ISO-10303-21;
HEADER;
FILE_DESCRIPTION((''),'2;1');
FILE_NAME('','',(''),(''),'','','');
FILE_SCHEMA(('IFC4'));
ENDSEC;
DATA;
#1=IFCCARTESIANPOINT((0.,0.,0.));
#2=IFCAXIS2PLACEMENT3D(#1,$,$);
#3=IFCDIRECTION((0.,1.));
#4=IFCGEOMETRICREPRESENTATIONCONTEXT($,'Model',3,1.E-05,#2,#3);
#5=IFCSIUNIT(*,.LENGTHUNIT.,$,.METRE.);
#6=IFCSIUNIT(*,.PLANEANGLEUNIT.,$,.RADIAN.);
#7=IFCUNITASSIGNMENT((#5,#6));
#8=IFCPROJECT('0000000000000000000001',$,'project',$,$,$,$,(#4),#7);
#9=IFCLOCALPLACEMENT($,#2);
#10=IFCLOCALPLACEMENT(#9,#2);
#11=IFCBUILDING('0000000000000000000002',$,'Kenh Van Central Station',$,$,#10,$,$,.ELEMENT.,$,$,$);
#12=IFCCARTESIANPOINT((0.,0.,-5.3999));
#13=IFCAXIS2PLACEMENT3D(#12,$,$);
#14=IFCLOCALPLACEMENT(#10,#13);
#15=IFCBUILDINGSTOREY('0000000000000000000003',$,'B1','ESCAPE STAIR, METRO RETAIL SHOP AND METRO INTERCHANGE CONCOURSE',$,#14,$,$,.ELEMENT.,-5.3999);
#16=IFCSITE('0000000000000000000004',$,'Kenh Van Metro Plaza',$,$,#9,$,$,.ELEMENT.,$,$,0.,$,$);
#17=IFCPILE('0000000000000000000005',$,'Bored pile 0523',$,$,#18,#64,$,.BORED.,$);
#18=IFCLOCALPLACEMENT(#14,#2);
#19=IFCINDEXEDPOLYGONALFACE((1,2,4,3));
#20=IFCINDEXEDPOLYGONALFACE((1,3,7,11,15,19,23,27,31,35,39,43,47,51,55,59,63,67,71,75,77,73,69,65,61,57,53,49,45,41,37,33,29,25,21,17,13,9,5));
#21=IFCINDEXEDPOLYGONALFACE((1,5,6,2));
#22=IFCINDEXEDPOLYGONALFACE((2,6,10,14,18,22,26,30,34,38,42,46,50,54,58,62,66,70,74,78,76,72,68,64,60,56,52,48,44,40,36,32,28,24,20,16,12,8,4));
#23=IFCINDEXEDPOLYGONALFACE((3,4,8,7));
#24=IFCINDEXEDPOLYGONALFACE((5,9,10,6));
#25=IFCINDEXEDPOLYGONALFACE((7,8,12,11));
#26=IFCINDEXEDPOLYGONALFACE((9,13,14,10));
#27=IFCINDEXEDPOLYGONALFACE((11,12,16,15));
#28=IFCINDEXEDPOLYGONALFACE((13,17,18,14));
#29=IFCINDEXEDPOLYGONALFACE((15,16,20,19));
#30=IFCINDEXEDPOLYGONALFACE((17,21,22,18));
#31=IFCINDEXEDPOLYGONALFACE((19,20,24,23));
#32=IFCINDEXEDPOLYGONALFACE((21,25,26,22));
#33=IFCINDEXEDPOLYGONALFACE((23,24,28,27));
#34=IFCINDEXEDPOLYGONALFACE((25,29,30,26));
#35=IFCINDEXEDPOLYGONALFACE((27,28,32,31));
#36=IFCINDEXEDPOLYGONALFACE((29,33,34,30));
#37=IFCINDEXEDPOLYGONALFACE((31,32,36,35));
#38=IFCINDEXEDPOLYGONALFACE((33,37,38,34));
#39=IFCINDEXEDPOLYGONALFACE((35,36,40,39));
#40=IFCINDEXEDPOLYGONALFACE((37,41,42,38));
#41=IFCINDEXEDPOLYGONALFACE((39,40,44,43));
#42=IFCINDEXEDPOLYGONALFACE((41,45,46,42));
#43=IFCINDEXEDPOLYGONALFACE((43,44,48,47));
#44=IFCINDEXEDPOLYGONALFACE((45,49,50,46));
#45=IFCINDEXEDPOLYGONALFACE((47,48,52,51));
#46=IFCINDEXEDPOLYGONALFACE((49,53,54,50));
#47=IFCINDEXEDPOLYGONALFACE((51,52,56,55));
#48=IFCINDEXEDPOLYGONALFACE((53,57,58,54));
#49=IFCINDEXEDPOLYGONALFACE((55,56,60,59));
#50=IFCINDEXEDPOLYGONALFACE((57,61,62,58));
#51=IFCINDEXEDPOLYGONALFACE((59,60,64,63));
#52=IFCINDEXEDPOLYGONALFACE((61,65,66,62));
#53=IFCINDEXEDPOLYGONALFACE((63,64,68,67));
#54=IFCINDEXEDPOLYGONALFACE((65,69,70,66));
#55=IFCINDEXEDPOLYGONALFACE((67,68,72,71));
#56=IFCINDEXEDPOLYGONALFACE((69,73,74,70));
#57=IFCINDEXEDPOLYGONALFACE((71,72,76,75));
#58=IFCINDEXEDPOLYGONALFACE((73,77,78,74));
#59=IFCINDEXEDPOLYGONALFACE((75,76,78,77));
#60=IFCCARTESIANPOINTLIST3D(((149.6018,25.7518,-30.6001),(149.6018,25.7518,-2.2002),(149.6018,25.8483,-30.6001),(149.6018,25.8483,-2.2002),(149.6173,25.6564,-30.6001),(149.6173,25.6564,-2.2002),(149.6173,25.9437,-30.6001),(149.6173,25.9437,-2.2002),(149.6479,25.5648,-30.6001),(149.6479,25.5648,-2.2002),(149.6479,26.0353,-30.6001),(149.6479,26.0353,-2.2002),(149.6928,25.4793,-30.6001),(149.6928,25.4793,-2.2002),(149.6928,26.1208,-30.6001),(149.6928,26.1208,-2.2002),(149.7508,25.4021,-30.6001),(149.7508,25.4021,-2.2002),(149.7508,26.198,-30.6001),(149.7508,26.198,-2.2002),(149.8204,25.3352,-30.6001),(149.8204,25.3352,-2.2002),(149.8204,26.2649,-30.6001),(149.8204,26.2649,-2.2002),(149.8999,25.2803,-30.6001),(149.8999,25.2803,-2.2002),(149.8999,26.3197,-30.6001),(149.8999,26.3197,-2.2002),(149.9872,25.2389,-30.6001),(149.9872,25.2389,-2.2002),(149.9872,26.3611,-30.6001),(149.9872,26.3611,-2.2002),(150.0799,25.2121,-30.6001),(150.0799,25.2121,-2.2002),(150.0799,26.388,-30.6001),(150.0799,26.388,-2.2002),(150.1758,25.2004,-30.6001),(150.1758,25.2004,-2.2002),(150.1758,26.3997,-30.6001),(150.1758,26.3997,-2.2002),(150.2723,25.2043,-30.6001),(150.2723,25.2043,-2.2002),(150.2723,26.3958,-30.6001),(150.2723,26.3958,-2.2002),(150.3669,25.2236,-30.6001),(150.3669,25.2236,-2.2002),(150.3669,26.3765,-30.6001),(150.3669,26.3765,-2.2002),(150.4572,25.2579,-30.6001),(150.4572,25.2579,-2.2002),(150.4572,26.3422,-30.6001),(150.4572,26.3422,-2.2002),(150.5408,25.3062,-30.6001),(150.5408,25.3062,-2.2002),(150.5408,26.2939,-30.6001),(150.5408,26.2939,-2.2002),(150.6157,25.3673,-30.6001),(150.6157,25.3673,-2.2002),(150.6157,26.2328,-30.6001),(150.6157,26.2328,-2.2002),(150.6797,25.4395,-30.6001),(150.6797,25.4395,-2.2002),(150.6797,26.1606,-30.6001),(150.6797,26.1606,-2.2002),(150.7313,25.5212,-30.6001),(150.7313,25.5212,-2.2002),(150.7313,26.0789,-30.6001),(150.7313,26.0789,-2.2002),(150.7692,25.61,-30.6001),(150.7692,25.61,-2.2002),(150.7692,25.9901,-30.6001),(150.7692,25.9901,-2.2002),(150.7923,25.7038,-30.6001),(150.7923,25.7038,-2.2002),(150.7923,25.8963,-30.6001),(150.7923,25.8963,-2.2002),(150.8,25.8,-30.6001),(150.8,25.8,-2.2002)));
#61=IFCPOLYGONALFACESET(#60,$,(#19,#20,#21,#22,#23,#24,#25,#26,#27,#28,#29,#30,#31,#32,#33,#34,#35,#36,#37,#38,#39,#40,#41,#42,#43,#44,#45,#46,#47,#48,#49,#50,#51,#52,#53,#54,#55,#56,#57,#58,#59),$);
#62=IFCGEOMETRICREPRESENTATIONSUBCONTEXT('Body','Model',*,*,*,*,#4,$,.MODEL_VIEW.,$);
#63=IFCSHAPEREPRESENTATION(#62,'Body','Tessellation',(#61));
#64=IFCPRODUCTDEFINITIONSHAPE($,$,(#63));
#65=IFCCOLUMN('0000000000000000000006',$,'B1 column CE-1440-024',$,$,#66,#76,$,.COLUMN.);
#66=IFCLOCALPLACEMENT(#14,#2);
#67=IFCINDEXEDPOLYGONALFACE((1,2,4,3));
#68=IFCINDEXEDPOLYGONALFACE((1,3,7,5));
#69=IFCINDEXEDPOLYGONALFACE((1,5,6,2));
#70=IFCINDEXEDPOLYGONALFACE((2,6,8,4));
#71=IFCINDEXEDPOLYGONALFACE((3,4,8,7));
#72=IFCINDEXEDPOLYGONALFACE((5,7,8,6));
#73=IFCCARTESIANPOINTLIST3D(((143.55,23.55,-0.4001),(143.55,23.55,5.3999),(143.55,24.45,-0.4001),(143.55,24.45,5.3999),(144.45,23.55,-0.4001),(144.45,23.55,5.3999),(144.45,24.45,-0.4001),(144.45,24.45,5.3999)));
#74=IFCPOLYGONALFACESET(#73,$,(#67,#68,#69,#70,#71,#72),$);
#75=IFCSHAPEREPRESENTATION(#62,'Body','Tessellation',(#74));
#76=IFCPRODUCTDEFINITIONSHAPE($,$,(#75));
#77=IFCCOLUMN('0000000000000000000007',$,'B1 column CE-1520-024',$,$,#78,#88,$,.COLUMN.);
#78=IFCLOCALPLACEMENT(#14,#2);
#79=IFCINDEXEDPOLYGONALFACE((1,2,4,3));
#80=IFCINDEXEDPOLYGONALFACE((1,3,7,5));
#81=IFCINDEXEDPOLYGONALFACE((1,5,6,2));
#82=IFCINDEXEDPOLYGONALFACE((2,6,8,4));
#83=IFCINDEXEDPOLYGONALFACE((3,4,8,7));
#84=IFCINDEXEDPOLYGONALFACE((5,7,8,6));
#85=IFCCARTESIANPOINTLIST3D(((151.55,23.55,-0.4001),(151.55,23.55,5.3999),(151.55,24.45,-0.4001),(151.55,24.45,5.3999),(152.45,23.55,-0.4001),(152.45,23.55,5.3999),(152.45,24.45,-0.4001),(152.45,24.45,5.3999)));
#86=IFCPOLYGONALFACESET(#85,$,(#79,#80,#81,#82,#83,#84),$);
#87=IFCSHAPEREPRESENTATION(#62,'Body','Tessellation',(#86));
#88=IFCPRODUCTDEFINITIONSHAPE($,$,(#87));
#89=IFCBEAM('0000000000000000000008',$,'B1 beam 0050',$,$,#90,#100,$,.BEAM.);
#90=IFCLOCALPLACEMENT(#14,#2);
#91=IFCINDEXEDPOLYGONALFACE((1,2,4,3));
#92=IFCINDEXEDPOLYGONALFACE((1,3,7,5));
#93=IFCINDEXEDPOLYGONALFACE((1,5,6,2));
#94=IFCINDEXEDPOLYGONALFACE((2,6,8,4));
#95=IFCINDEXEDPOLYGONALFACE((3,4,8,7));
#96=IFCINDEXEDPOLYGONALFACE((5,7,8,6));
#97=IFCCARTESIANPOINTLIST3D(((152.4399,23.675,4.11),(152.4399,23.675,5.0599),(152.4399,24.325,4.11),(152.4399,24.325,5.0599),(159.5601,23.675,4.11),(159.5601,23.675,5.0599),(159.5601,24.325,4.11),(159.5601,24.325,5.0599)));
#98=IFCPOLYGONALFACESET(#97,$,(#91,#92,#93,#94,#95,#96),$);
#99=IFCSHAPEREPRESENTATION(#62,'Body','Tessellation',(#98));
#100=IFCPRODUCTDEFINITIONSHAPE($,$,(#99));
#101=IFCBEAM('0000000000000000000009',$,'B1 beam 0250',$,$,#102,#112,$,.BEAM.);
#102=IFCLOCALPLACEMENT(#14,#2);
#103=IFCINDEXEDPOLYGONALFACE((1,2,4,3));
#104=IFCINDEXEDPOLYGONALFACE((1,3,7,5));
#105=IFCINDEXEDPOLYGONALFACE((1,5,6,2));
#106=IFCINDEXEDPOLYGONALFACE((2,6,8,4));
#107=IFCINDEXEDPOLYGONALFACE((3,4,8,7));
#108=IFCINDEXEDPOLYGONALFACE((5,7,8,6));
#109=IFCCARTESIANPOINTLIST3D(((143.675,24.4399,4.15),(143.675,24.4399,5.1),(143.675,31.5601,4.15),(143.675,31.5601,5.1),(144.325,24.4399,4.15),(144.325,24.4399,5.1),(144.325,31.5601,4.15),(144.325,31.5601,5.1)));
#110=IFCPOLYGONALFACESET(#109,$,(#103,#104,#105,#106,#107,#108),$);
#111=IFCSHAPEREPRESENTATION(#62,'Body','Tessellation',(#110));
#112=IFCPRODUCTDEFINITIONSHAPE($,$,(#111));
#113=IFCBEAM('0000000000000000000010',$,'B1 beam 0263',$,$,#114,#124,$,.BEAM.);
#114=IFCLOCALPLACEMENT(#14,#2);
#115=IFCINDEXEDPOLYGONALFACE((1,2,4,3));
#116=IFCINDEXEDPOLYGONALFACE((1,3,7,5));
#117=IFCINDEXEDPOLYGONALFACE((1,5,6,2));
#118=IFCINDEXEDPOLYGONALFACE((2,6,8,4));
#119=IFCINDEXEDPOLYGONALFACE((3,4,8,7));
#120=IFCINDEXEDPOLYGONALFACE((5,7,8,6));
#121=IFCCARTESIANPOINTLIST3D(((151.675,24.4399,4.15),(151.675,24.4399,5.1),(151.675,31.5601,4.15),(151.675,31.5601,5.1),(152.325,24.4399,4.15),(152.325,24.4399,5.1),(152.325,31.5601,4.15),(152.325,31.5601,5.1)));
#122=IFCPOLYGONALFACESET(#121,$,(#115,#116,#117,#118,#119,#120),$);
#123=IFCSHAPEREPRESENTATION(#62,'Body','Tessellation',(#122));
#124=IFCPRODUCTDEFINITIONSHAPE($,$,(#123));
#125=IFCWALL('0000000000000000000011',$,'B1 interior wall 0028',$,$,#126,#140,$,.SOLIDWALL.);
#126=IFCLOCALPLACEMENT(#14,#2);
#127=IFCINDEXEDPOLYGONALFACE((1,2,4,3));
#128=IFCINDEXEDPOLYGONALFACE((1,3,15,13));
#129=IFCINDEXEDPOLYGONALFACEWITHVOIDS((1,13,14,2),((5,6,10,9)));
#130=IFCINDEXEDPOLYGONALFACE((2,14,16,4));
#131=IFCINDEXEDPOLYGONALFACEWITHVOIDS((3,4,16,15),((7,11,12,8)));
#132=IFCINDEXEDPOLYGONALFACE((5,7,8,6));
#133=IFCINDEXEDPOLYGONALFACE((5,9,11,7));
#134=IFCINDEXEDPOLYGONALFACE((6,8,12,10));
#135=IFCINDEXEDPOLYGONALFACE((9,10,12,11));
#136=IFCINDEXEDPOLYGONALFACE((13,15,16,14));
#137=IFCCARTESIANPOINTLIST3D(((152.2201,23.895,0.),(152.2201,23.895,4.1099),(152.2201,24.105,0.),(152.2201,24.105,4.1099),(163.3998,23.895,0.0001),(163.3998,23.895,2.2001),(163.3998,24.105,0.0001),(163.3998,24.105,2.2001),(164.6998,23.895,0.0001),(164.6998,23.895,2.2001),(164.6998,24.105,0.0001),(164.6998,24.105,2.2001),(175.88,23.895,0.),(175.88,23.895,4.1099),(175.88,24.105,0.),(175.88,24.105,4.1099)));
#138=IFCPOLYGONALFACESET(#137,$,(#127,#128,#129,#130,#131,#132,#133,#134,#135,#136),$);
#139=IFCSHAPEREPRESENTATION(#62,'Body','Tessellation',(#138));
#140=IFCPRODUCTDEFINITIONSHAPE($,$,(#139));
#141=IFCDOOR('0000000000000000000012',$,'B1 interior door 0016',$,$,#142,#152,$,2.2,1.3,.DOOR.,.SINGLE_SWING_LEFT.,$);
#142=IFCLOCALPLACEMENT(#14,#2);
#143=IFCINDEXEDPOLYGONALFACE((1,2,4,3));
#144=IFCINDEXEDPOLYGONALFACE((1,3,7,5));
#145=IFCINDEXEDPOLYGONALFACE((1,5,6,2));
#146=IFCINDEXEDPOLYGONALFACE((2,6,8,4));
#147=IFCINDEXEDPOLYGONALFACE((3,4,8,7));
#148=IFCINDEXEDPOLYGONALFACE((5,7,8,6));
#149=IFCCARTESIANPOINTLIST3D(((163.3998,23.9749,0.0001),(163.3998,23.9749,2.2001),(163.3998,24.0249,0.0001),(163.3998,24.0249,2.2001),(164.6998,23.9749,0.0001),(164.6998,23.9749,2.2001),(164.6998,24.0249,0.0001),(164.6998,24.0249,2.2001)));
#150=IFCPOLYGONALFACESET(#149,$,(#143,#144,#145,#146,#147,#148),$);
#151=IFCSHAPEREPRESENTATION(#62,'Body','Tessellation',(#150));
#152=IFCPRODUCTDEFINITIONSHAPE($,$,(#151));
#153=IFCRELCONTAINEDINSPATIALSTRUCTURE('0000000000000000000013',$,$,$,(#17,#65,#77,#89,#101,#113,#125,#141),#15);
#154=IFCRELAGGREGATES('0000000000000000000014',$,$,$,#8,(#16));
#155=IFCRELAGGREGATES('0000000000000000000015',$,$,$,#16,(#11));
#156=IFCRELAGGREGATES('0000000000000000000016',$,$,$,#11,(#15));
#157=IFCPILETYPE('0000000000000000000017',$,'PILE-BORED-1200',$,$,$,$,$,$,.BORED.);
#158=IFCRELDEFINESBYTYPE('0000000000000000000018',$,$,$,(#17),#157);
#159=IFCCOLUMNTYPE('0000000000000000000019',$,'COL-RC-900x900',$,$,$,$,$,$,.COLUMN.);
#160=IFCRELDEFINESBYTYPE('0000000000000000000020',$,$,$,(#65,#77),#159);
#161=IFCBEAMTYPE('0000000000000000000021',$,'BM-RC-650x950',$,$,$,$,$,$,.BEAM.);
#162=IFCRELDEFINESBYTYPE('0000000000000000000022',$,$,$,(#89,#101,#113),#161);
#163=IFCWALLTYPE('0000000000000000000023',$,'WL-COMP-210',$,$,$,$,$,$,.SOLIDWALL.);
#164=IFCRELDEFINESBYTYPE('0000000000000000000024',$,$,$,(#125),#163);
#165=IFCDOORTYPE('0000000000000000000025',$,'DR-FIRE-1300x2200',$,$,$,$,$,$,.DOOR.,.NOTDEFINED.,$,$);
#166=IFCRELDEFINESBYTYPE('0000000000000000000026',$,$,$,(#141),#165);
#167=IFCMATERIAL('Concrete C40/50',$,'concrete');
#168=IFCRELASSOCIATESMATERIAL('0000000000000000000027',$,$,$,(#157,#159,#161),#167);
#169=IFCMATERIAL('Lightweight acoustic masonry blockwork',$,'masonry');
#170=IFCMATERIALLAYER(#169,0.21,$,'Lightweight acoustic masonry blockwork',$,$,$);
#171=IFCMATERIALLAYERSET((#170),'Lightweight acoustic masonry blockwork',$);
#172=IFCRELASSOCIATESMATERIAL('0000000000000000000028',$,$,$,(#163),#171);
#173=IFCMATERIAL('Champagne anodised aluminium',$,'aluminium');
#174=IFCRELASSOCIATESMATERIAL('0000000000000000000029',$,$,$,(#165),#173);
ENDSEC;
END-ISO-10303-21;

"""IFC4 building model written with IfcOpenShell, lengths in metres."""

from ifc_helpers import new_model, si_unit, direction, frame, frame_2d, origin, origin_2d, place, context, subcontext, project, spatial, rectangle, circle, extrude, material, layer, layer_set, material_profile, profile_set, type_object, element, fill, save


model = new_model("IFC4")

# Units and contexts
model_context = context("Model", 3, precision=1e-05, world=origin(), true_north=direction((0.0, 1.0)))
body_context = subcontext(model_context, "Body", "Model", "MODEL_VIEW")
ifc_project = project(units=[si_unit("LENGTHUNIT", "METRE"), si_unit("PLANEANGLEUNIT", "RADIAN")], contexts=[model_context])

# Site, building, storey
site_placement = place(None, origin())
site = spatial("IfcSite", under=ifc_project, at=site_placement, Name="Kenh Van Metro Plaza", CompositionType="ELEMENT", RefElevation=0.0)
building_placement = place(site_placement, origin())
building = spatial("IfcBuilding", under=site, at=building_placement, Name="Kenh Van Central Station", CompositionType="ELEMENT")
storey_placement = place(building_placement, frame((0.0, 0.0, -5.3999)))
storey = spatial("IfcBuildingStorey", under=building, at=storey_placement, Name="B1", Description="ESCAPE STAIR, METRO RETAIL SHOP AND METRO INTERCHANGE CONCOURSE", CompositionType="ELEMENT", Elevation=-5.3999)

# Shared definitions
ifc_material_1 = material(Name="Concrete C40/50", Category="concrete")

# Pile
ifc_material_profile_1 = material_profile(ifc_material_1, circle(Radius=0.6001, at=origin_2d()), Name="PILE D1200")
ifc_profile_set_1 = profile_set([ifc_material_profile_1], Name="Concrete C40/50")
pile_type = type_object("IfcPileType", Name="PILE-BORED-1200", PredefinedType="BORED", material=ifc_profile_set_1)
for number, where, z_axis, x_axis, name in (
    (1, (150.2, 25.8, -2.2002), (0.0, 0.0, -1.0), (1.0, 0.0, 0.0), "Bored pile 0523"),
):
    element("IfcPile", number, at=place(storey_placement, frame(where, z_axis=z_axis, x_axis=x_axis)), inside=storey, type_object=pile_type, Name=name, PredefinedType="BORED", context=body_context, shape_type="SweptSolid", body=[
        extrude(circle(Radius=0.6001, at=origin_2d()), origin(), (0.0, 0.0, 1.0), 28.3999),
    ])

# Columns
ifc_material_profile_2 = material_profile(ifc_material_1, rectangle(XDim=0.8999, YDim=0.8999, at=origin_2d()), Name="RC 900x900")
ifc_profile_set_2 = profile_set([ifc_material_profile_2], Name="Concrete C40/50")
column_type = type_object("IfcColumnType", Name="COL-RC-900x900", PredefinedType="COLUMN", material=ifc_profile_set_2)
for number, where, z_axis, x_axis, name in (
    (2, (144.0, 24.0, -0.4001), (0.0, 0.0, 1.0), (1.0, 0.0, 0.0), "B1 column CE-1440-024"),
    (3, (152.0, 24.0, -0.4001), (0.0, 0.0, 1.0), (1.0, 0.0, 0.0), "B1 column CE-1520-024"),
):
    element("IfcColumn", number, at=place(storey_placement, frame(where, z_axis=z_axis, x_axis=x_axis)), inside=storey, type_object=column_type, Name=name, PredefinedType="COLUMN", context=body_context, shape_type="SweptSolid", body=[
        extrude(rectangle(XDim=0.8999, YDim=0.8999, at=origin_2d()), origin(), (0.0, 0.0, 1.0), 5.8),
    ])

# Beams
ifc_material_profile_3 = material_profile(ifc_material_1, rectangle(XDim=0.6499, YDim=0.95, at=origin_2d()), Name="RC 650x950")
ifc_profile_set_3 = profile_set([ifc_material_profile_3], Name="Concrete C40/50")
beam_type = type_object("IfcBeamType", Name="BM-RC-650x950", PredefinedType="BEAM", material=ifc_profile_set_3)
for number, where, z_axis, x_axis, name in (
    (4, (152.4399, 24.0, 4.585), (1.0, 0.0, 0.0), (0.0, 1.0, 0.0), "B1 beam 0050"),
    (5, (144.0, 24.4399, 4.625), (0.0, 1.0, 0.0), (-1.0, 0.0, 0.0), "B1 beam 0250"),
    (6, (152.0, 24.4399, 4.625), (0.0, 1.0, 0.0), (-1.0, 0.0, 0.0), "B1 beam 0263"),
):
    element("IfcBeam", number, at=place(storey_placement, frame(where, z_axis=z_axis, x_axis=x_axis)), inside=storey, type_object=beam_type, Name=name, PredefinedType="BEAM", context=body_context, shape_type="SweptSolid", body=[
        extrude(rectangle(XDim=0.6499, YDim=0.95, at=origin_2d()), origin(), (0.0, 0.0, 1.0), 7.1201),
    ])

# Wall, opening, door
ifc_material_2 = material(Name="Lightweight acoustic masonry blockwork", Category="masonry")
ifc_layer_1 = layer(ifc_material_2, 0.21, Name="Lightweight acoustic masonry blockwork")
ifc_layer_set_1 = layer_set([ifc_layer_1], Name="Lightweight acoustic masonry blockwork")
wall_type_1 = type_object("IfcWallType", Name="WL-COMP-210", PredefinedType="SOLIDWALL", material=ifc_layer_set_1)
wall_1_placement = place(storey_placement, frame((152.22, 24.0, 0.0), z_axis=(0.0, 0.0, 1.0), x_axis=(1.0, 0.0, 0.0)))
wall_1 = element("IfcWall", 7, at=wall_1_placement, inside=storey, type_object=wall_type_1, Name="B1 interior wall 0028", PredefinedType="SOLIDWALL", context=body_context, shape_type="SweptSolid", body=[
    extrude(rectangle(XDim=23.6599, YDim=0.21, at=frame_2d((11.8301, 0.0))), origin(), (0.0, 0.0, 1.0), 4.1099),
])
opening_1_placement = place(wall_1_placement, frame((11.1799, 0.0, 0.0)))
opening_1 = element("IfcOpeningElement", 8, at=opening_1_placement, cuts=wall_1, PredefinedType="OPENING", context=body_context, shape_type="SweptSolid", body=[
    extrude(rectangle(XDim=1.3, YDim=2.2, at=frame_2d((0.6499, 1.1001))), frame((0.0, 0.115, 0.0), z_axis=(0.0, -1.0, 0.0), x_axis=(1.0, 0.0, 0.0)), (0.0, 0.0, 1.0), 0.23),
])
ifc_material_3 = material(Name="Champagne anodised aluminium", Category="aluminium")
door_type_1 = type_object("IfcDoorType", Name="DR-FIRE-1300x2200", OperationType="NOTDEFINED", PredefinedType="DOOR", material=ifc_material_3)
door_1_placement = place(opening_1_placement, origin())
door_1 = element("IfcDoor", 9, at=door_1_placement, inside=storey, type_object=door_type_1, Name="B1 interior door 0016", OperationType="SINGLE_SWING_LEFT", OverallHeight=2.2, OverallWidth=1.3, PredefinedType="DOOR", context=body_context, shape_type="SweptSolid", body=[
    extrude(rectangle(XDim=1.3, YDim=2.2, at=frame_2d((0.6499, 1.1001))), frame((0.0, 0.0249, 0.0), z_axis=(0.0, -1.0, 0.0), x_axis=(1.0, 0.0, 0.0)), (0.0, 0.0, 1.0), 0.05),
])
fill(opening_1, door_1)

save(model, "model.ifc")
